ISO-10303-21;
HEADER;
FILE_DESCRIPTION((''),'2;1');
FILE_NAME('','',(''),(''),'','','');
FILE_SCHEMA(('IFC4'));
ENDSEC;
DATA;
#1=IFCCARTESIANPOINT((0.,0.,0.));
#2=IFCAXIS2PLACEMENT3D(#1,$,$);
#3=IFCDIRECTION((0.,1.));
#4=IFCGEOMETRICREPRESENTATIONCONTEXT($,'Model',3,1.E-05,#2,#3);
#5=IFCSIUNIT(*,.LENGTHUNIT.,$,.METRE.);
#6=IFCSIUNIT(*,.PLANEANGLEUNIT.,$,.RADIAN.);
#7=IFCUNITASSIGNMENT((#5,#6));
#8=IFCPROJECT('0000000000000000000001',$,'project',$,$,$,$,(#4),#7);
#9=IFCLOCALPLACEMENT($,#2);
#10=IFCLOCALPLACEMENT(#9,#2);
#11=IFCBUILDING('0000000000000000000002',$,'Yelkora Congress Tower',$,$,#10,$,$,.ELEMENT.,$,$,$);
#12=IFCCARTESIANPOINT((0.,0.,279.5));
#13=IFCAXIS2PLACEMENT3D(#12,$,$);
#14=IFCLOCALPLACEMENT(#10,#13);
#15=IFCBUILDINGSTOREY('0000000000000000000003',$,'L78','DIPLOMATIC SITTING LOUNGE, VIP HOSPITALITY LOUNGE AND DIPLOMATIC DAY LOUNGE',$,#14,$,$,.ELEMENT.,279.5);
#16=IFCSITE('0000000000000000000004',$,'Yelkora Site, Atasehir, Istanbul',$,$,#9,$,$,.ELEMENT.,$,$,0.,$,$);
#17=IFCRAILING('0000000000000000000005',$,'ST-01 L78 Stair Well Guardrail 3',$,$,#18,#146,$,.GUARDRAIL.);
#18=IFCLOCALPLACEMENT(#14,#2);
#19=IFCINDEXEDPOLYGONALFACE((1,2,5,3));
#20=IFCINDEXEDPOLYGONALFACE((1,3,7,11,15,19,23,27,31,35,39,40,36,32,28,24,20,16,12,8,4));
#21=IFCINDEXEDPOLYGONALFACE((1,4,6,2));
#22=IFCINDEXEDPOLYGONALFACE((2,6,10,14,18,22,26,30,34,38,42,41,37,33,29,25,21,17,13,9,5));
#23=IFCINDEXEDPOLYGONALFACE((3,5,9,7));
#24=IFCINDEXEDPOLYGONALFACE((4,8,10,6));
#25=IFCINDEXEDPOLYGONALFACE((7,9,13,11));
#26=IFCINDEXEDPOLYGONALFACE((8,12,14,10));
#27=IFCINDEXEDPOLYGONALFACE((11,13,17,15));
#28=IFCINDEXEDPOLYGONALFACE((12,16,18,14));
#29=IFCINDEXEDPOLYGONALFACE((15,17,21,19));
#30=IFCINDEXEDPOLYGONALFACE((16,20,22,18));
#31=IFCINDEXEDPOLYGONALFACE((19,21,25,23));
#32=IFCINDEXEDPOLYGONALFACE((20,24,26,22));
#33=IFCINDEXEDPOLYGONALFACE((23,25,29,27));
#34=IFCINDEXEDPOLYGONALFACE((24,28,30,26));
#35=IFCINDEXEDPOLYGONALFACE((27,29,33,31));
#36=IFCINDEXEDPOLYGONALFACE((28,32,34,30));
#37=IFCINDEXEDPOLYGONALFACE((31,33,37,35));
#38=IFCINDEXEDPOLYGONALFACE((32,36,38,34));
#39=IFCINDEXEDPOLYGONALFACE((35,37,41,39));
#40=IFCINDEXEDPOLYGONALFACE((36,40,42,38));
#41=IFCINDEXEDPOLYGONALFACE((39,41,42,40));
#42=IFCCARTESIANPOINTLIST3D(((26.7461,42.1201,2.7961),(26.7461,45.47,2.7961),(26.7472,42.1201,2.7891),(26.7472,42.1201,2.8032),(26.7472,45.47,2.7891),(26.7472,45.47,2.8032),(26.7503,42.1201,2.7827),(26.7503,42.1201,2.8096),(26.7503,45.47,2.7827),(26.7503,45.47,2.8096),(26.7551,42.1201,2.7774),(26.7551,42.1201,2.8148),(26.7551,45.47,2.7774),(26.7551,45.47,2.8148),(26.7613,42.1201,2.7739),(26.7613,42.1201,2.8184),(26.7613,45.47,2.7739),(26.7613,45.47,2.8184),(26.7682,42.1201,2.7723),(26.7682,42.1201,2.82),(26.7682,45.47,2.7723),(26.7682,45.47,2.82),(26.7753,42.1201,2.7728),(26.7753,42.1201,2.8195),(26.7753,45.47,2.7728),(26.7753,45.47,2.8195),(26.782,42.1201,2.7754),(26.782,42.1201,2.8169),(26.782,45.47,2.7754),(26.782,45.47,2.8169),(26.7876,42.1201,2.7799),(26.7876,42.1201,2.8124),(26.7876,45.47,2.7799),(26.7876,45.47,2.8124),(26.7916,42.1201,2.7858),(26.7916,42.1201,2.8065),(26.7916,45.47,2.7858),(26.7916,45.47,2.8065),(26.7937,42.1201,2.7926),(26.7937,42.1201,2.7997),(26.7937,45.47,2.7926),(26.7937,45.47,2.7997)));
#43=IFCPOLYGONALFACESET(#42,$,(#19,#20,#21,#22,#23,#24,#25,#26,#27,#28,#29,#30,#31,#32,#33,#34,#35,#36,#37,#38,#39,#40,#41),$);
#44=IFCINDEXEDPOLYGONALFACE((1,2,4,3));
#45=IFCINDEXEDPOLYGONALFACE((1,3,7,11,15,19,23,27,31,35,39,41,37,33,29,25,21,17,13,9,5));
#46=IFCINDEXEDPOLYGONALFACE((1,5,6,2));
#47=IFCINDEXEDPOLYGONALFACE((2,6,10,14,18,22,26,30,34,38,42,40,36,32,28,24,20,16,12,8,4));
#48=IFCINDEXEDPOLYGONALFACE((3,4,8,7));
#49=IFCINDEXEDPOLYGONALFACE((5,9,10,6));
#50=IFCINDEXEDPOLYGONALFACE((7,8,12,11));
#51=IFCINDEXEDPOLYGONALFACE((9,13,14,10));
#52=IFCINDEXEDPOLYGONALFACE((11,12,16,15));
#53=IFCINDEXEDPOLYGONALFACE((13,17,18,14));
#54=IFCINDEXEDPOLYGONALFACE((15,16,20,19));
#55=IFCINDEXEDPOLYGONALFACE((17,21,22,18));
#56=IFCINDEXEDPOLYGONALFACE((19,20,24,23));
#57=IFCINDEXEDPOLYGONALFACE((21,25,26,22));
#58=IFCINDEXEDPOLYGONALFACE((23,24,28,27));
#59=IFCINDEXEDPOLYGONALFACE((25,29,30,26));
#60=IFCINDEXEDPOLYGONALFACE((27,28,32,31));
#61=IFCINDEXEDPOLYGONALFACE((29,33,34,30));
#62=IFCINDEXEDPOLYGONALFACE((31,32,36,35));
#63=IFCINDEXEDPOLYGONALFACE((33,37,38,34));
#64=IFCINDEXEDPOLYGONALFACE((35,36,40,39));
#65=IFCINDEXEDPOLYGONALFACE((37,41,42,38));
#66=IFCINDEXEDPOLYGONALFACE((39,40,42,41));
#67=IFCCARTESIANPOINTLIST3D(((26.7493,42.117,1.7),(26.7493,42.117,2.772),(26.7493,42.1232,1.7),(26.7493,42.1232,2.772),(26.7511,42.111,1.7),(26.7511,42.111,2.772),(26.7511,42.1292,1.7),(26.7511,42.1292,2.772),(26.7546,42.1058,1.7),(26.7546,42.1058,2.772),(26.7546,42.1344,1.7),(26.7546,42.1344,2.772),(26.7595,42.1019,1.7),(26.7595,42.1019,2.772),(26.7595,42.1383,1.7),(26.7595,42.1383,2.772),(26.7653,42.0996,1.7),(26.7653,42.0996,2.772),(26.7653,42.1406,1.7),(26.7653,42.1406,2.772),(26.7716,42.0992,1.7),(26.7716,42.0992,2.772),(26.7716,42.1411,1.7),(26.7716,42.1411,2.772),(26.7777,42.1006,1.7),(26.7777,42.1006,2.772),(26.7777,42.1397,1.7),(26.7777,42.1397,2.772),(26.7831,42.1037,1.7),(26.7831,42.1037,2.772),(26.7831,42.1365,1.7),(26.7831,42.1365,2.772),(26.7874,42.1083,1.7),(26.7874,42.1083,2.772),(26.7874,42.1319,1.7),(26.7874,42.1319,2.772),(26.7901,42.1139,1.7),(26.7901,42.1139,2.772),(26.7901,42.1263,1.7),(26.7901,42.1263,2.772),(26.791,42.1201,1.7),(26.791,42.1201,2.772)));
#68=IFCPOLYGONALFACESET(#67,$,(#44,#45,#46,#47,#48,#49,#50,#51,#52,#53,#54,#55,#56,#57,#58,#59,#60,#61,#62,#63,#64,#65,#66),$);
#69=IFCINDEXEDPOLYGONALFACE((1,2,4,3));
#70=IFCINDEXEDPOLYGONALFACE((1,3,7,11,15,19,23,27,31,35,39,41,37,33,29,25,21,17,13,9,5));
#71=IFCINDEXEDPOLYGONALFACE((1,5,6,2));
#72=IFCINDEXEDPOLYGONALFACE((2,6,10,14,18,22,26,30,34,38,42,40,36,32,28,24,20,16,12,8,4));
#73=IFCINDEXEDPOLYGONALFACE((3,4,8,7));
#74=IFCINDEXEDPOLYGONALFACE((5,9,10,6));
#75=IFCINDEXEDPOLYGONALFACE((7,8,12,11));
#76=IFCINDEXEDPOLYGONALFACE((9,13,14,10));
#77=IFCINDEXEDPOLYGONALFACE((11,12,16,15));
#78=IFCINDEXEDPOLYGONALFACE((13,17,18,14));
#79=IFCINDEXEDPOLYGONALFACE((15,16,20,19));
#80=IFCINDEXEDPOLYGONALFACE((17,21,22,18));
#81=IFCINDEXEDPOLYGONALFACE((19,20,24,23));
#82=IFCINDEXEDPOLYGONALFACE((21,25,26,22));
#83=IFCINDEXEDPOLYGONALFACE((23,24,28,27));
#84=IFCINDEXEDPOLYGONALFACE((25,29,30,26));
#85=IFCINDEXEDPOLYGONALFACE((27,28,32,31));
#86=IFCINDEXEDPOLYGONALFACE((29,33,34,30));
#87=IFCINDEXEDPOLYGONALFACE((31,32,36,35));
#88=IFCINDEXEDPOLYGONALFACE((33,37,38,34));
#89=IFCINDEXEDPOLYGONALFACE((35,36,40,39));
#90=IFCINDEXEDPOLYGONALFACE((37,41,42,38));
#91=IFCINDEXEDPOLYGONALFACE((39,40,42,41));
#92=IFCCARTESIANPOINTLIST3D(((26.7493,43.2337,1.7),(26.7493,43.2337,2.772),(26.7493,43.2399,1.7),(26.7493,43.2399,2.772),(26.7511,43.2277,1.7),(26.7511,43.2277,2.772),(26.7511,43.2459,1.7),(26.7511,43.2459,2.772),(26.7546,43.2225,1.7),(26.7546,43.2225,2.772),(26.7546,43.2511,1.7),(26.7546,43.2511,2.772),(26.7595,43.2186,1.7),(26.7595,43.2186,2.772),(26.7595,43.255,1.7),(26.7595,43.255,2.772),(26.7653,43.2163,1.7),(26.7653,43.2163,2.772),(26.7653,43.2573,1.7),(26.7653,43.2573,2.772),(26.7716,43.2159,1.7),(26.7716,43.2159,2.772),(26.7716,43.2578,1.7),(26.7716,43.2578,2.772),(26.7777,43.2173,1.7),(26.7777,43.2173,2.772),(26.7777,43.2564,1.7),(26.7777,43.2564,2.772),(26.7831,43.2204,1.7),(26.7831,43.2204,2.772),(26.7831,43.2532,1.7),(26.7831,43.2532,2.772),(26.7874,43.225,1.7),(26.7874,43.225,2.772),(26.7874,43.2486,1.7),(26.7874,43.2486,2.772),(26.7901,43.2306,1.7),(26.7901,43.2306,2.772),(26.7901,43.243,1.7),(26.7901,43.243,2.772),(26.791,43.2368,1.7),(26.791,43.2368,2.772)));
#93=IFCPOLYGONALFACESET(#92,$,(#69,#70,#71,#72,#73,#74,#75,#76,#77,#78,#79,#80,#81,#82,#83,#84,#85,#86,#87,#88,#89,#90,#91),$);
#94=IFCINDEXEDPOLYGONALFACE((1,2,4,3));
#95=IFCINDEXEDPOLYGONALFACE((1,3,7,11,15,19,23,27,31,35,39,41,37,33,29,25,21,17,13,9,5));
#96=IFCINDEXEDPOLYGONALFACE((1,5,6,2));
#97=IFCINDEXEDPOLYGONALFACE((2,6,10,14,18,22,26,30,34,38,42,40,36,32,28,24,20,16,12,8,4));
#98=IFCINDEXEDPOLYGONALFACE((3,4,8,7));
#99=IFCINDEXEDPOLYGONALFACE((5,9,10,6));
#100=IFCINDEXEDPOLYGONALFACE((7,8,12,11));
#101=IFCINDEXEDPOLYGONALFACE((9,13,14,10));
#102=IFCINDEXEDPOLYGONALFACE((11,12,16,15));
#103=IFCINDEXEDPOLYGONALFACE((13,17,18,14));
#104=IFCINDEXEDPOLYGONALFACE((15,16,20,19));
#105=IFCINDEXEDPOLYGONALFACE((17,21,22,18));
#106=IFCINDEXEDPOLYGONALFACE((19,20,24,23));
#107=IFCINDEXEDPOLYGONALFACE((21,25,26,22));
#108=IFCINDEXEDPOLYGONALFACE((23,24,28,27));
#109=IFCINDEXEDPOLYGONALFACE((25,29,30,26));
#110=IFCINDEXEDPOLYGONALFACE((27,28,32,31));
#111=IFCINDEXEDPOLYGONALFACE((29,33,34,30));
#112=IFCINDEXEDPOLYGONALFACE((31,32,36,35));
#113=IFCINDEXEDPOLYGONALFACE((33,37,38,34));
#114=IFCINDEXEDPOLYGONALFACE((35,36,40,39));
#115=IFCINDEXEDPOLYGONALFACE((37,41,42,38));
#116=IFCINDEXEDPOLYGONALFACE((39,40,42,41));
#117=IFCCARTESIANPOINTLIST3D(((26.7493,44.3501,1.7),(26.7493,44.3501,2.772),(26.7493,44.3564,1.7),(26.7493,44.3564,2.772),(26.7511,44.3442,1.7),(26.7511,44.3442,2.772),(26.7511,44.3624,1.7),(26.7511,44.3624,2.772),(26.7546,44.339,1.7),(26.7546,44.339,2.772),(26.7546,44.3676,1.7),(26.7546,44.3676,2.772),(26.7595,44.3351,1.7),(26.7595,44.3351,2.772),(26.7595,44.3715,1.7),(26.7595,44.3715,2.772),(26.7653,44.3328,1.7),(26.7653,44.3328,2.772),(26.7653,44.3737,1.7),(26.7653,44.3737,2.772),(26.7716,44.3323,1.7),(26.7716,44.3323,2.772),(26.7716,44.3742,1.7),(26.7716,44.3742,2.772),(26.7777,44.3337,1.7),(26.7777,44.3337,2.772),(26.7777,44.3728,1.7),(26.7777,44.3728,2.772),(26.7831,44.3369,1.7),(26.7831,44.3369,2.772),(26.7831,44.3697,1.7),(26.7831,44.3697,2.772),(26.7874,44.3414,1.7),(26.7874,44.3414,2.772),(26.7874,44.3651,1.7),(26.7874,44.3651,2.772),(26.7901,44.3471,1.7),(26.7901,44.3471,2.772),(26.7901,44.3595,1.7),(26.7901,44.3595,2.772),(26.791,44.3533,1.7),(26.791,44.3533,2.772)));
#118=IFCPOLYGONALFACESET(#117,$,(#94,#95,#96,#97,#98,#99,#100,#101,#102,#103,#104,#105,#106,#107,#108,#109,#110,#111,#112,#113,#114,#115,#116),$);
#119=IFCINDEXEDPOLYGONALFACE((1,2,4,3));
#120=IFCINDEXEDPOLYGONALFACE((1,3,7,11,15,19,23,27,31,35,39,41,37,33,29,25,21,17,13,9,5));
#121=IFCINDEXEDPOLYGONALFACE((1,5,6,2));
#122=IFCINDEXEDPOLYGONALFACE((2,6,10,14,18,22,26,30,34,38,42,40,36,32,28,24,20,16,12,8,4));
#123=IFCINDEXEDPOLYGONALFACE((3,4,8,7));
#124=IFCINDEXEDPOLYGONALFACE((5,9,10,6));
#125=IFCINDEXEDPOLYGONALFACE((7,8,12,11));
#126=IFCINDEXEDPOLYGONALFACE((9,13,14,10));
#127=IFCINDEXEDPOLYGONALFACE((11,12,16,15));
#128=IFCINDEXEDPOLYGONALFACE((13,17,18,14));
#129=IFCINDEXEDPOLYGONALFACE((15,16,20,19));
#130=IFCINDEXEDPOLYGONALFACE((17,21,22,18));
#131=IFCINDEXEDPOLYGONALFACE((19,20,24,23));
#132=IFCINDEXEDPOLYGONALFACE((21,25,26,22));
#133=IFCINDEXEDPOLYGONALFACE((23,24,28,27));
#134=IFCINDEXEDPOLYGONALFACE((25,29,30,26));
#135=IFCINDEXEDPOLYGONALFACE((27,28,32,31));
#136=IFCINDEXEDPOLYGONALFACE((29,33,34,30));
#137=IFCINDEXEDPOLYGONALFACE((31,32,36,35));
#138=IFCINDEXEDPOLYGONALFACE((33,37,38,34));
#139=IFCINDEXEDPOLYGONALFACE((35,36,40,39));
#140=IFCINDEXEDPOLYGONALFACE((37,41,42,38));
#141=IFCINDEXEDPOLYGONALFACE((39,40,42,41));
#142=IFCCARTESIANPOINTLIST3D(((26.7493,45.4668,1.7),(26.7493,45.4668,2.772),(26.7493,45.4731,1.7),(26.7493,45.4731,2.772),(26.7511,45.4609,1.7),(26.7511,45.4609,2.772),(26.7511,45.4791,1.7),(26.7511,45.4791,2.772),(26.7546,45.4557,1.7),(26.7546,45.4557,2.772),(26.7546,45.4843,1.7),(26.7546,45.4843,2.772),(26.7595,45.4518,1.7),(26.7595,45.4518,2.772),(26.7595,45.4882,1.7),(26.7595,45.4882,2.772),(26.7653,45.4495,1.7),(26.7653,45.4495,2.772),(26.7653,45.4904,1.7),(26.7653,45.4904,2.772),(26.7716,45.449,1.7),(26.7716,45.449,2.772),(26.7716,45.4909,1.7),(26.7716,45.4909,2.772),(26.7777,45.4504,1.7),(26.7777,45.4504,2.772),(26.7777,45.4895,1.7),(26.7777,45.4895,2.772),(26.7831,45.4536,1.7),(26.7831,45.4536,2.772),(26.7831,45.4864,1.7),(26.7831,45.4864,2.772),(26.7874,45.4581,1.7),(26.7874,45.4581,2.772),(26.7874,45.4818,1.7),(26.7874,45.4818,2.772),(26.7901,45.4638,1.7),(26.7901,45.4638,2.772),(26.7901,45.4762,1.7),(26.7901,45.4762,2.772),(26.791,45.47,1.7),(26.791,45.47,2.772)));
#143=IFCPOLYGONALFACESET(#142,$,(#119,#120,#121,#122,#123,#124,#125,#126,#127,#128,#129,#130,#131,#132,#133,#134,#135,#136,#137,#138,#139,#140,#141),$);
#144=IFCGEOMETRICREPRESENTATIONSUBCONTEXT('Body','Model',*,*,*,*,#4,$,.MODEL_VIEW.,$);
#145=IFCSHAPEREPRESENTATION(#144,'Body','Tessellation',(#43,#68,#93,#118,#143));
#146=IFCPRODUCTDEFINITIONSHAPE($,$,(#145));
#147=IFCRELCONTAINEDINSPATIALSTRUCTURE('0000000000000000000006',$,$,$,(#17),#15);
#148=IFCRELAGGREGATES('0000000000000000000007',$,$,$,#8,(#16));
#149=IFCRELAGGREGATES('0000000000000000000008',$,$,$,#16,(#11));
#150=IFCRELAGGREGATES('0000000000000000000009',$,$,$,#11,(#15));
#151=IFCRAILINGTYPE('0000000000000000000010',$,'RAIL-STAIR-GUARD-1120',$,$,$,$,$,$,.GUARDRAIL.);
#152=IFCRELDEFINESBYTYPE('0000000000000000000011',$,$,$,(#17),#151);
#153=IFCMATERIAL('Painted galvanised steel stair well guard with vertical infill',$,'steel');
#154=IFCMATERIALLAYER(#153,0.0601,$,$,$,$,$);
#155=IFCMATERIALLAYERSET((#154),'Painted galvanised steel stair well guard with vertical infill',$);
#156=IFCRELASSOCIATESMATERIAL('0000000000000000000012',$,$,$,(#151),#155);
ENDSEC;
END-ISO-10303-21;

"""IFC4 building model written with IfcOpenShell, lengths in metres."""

from ifc_helpers import new_model, si_unit, direction, frame, origin, origin_2d, place, context, subcontext, project, spatial, circle, extrude, material, layer, layer_set, type_object, element, save


model = new_model("IFC4")

# Units and contexts
model_context = context("Model", 3, precision=1e-05, world=origin(), true_north=direction((0.0, 1.0)))
body_context = subcontext(model_context, "Body", "Model", "MODEL_VIEW")
ifc_project = project(units=[si_unit("LENGTHUNIT", "METRE"), si_unit("PLANEANGLEUNIT", "RADIAN")], contexts=[model_context])

# Site, building, storey
site_placement = place(None, origin())
site = spatial("IfcSite", under=ifc_project, at=site_placement, Name="Yelkora Site, Atasehir, Istanbul", CompositionType="ELEMENT", RefElevation=0.0)
building_placement = place(site_placement, origin())
building = spatial("IfcBuilding", under=site, at=building_placement, Name="Yelkora Congress Tower", CompositionType="ELEMENT")
storey_placement = place(building_placement, frame((0.0, 0.0, 279.5)))
storey = spatial("IfcBuildingStorey", under=building, at=storey_placement, Name="L78", Description="DIPLOMATIC SITTING LOUNGE, VIP HOSPITALITY LOUNGE AND DIPLOMATIC DAY LOUNGE", CompositionType="ELEMENT", Elevation=279.5)

# Railing
ifc_material_1 = material(Name="Painted galvanised steel stair well guard with vertical infill", Category="steel")
ifc_layer_1 = layer(ifc_material_1, 0.0601)
ifc_layer_set_1 = layer_set([ifc_layer_1], Name="Painted galvanised steel stair well guard with vertical infill")
railing_type_1 = type_object("IfcRailingType", Name="RAIL-STAIR-GUARD-1120", PredefinedType="GUARDRAIL", material=ifc_layer_set_1)
for number, where, name in (
    (1, (26.77, 42.1201, 1.7), "ST-01 L78 Stair Well Guardrail 3"),
):
    element("IfcRailing", number, at=place(storey_placement, frame(where)), inside=storey, type_object=railing_type_1, Name=name, PredefinedType="GUARDRAIL", context=body_context, shape_type="SweptSolid", body=[
        extrude(circle(Radius=0.0239, at=origin_2d()), frame((0.0, 0.0, 1.0962), z_axis=(0.0, 1.0, 0.0), x_axis=(-1.0, 0.0, 0.0)), (0.0, 0.0, 1.0), 3.3499),
        extrude(circle(Radius=0.021, at=origin_2d()), origin(), (0.0, 0.0, 1.0), 1.072),
        extrude(circle(Radius=0.021, at=origin_2d()), frame((0.0, 1.1167, 0.0)), (0.0, 0.0, 1.0), 1.072),
        extrude(circle(Radius=0.021, at=origin_2d()), frame((0.0, 2.2332, 0.0)), (0.0, 0.0, 1.0), 1.072),
        extrude(circle(Radius=0.021, at=origin_2d()), frame((0.0, 3.3499, 0.0)), (0.0, 0.0, 1.0), 1.072),
    ])

save(model, "model.ifc")
